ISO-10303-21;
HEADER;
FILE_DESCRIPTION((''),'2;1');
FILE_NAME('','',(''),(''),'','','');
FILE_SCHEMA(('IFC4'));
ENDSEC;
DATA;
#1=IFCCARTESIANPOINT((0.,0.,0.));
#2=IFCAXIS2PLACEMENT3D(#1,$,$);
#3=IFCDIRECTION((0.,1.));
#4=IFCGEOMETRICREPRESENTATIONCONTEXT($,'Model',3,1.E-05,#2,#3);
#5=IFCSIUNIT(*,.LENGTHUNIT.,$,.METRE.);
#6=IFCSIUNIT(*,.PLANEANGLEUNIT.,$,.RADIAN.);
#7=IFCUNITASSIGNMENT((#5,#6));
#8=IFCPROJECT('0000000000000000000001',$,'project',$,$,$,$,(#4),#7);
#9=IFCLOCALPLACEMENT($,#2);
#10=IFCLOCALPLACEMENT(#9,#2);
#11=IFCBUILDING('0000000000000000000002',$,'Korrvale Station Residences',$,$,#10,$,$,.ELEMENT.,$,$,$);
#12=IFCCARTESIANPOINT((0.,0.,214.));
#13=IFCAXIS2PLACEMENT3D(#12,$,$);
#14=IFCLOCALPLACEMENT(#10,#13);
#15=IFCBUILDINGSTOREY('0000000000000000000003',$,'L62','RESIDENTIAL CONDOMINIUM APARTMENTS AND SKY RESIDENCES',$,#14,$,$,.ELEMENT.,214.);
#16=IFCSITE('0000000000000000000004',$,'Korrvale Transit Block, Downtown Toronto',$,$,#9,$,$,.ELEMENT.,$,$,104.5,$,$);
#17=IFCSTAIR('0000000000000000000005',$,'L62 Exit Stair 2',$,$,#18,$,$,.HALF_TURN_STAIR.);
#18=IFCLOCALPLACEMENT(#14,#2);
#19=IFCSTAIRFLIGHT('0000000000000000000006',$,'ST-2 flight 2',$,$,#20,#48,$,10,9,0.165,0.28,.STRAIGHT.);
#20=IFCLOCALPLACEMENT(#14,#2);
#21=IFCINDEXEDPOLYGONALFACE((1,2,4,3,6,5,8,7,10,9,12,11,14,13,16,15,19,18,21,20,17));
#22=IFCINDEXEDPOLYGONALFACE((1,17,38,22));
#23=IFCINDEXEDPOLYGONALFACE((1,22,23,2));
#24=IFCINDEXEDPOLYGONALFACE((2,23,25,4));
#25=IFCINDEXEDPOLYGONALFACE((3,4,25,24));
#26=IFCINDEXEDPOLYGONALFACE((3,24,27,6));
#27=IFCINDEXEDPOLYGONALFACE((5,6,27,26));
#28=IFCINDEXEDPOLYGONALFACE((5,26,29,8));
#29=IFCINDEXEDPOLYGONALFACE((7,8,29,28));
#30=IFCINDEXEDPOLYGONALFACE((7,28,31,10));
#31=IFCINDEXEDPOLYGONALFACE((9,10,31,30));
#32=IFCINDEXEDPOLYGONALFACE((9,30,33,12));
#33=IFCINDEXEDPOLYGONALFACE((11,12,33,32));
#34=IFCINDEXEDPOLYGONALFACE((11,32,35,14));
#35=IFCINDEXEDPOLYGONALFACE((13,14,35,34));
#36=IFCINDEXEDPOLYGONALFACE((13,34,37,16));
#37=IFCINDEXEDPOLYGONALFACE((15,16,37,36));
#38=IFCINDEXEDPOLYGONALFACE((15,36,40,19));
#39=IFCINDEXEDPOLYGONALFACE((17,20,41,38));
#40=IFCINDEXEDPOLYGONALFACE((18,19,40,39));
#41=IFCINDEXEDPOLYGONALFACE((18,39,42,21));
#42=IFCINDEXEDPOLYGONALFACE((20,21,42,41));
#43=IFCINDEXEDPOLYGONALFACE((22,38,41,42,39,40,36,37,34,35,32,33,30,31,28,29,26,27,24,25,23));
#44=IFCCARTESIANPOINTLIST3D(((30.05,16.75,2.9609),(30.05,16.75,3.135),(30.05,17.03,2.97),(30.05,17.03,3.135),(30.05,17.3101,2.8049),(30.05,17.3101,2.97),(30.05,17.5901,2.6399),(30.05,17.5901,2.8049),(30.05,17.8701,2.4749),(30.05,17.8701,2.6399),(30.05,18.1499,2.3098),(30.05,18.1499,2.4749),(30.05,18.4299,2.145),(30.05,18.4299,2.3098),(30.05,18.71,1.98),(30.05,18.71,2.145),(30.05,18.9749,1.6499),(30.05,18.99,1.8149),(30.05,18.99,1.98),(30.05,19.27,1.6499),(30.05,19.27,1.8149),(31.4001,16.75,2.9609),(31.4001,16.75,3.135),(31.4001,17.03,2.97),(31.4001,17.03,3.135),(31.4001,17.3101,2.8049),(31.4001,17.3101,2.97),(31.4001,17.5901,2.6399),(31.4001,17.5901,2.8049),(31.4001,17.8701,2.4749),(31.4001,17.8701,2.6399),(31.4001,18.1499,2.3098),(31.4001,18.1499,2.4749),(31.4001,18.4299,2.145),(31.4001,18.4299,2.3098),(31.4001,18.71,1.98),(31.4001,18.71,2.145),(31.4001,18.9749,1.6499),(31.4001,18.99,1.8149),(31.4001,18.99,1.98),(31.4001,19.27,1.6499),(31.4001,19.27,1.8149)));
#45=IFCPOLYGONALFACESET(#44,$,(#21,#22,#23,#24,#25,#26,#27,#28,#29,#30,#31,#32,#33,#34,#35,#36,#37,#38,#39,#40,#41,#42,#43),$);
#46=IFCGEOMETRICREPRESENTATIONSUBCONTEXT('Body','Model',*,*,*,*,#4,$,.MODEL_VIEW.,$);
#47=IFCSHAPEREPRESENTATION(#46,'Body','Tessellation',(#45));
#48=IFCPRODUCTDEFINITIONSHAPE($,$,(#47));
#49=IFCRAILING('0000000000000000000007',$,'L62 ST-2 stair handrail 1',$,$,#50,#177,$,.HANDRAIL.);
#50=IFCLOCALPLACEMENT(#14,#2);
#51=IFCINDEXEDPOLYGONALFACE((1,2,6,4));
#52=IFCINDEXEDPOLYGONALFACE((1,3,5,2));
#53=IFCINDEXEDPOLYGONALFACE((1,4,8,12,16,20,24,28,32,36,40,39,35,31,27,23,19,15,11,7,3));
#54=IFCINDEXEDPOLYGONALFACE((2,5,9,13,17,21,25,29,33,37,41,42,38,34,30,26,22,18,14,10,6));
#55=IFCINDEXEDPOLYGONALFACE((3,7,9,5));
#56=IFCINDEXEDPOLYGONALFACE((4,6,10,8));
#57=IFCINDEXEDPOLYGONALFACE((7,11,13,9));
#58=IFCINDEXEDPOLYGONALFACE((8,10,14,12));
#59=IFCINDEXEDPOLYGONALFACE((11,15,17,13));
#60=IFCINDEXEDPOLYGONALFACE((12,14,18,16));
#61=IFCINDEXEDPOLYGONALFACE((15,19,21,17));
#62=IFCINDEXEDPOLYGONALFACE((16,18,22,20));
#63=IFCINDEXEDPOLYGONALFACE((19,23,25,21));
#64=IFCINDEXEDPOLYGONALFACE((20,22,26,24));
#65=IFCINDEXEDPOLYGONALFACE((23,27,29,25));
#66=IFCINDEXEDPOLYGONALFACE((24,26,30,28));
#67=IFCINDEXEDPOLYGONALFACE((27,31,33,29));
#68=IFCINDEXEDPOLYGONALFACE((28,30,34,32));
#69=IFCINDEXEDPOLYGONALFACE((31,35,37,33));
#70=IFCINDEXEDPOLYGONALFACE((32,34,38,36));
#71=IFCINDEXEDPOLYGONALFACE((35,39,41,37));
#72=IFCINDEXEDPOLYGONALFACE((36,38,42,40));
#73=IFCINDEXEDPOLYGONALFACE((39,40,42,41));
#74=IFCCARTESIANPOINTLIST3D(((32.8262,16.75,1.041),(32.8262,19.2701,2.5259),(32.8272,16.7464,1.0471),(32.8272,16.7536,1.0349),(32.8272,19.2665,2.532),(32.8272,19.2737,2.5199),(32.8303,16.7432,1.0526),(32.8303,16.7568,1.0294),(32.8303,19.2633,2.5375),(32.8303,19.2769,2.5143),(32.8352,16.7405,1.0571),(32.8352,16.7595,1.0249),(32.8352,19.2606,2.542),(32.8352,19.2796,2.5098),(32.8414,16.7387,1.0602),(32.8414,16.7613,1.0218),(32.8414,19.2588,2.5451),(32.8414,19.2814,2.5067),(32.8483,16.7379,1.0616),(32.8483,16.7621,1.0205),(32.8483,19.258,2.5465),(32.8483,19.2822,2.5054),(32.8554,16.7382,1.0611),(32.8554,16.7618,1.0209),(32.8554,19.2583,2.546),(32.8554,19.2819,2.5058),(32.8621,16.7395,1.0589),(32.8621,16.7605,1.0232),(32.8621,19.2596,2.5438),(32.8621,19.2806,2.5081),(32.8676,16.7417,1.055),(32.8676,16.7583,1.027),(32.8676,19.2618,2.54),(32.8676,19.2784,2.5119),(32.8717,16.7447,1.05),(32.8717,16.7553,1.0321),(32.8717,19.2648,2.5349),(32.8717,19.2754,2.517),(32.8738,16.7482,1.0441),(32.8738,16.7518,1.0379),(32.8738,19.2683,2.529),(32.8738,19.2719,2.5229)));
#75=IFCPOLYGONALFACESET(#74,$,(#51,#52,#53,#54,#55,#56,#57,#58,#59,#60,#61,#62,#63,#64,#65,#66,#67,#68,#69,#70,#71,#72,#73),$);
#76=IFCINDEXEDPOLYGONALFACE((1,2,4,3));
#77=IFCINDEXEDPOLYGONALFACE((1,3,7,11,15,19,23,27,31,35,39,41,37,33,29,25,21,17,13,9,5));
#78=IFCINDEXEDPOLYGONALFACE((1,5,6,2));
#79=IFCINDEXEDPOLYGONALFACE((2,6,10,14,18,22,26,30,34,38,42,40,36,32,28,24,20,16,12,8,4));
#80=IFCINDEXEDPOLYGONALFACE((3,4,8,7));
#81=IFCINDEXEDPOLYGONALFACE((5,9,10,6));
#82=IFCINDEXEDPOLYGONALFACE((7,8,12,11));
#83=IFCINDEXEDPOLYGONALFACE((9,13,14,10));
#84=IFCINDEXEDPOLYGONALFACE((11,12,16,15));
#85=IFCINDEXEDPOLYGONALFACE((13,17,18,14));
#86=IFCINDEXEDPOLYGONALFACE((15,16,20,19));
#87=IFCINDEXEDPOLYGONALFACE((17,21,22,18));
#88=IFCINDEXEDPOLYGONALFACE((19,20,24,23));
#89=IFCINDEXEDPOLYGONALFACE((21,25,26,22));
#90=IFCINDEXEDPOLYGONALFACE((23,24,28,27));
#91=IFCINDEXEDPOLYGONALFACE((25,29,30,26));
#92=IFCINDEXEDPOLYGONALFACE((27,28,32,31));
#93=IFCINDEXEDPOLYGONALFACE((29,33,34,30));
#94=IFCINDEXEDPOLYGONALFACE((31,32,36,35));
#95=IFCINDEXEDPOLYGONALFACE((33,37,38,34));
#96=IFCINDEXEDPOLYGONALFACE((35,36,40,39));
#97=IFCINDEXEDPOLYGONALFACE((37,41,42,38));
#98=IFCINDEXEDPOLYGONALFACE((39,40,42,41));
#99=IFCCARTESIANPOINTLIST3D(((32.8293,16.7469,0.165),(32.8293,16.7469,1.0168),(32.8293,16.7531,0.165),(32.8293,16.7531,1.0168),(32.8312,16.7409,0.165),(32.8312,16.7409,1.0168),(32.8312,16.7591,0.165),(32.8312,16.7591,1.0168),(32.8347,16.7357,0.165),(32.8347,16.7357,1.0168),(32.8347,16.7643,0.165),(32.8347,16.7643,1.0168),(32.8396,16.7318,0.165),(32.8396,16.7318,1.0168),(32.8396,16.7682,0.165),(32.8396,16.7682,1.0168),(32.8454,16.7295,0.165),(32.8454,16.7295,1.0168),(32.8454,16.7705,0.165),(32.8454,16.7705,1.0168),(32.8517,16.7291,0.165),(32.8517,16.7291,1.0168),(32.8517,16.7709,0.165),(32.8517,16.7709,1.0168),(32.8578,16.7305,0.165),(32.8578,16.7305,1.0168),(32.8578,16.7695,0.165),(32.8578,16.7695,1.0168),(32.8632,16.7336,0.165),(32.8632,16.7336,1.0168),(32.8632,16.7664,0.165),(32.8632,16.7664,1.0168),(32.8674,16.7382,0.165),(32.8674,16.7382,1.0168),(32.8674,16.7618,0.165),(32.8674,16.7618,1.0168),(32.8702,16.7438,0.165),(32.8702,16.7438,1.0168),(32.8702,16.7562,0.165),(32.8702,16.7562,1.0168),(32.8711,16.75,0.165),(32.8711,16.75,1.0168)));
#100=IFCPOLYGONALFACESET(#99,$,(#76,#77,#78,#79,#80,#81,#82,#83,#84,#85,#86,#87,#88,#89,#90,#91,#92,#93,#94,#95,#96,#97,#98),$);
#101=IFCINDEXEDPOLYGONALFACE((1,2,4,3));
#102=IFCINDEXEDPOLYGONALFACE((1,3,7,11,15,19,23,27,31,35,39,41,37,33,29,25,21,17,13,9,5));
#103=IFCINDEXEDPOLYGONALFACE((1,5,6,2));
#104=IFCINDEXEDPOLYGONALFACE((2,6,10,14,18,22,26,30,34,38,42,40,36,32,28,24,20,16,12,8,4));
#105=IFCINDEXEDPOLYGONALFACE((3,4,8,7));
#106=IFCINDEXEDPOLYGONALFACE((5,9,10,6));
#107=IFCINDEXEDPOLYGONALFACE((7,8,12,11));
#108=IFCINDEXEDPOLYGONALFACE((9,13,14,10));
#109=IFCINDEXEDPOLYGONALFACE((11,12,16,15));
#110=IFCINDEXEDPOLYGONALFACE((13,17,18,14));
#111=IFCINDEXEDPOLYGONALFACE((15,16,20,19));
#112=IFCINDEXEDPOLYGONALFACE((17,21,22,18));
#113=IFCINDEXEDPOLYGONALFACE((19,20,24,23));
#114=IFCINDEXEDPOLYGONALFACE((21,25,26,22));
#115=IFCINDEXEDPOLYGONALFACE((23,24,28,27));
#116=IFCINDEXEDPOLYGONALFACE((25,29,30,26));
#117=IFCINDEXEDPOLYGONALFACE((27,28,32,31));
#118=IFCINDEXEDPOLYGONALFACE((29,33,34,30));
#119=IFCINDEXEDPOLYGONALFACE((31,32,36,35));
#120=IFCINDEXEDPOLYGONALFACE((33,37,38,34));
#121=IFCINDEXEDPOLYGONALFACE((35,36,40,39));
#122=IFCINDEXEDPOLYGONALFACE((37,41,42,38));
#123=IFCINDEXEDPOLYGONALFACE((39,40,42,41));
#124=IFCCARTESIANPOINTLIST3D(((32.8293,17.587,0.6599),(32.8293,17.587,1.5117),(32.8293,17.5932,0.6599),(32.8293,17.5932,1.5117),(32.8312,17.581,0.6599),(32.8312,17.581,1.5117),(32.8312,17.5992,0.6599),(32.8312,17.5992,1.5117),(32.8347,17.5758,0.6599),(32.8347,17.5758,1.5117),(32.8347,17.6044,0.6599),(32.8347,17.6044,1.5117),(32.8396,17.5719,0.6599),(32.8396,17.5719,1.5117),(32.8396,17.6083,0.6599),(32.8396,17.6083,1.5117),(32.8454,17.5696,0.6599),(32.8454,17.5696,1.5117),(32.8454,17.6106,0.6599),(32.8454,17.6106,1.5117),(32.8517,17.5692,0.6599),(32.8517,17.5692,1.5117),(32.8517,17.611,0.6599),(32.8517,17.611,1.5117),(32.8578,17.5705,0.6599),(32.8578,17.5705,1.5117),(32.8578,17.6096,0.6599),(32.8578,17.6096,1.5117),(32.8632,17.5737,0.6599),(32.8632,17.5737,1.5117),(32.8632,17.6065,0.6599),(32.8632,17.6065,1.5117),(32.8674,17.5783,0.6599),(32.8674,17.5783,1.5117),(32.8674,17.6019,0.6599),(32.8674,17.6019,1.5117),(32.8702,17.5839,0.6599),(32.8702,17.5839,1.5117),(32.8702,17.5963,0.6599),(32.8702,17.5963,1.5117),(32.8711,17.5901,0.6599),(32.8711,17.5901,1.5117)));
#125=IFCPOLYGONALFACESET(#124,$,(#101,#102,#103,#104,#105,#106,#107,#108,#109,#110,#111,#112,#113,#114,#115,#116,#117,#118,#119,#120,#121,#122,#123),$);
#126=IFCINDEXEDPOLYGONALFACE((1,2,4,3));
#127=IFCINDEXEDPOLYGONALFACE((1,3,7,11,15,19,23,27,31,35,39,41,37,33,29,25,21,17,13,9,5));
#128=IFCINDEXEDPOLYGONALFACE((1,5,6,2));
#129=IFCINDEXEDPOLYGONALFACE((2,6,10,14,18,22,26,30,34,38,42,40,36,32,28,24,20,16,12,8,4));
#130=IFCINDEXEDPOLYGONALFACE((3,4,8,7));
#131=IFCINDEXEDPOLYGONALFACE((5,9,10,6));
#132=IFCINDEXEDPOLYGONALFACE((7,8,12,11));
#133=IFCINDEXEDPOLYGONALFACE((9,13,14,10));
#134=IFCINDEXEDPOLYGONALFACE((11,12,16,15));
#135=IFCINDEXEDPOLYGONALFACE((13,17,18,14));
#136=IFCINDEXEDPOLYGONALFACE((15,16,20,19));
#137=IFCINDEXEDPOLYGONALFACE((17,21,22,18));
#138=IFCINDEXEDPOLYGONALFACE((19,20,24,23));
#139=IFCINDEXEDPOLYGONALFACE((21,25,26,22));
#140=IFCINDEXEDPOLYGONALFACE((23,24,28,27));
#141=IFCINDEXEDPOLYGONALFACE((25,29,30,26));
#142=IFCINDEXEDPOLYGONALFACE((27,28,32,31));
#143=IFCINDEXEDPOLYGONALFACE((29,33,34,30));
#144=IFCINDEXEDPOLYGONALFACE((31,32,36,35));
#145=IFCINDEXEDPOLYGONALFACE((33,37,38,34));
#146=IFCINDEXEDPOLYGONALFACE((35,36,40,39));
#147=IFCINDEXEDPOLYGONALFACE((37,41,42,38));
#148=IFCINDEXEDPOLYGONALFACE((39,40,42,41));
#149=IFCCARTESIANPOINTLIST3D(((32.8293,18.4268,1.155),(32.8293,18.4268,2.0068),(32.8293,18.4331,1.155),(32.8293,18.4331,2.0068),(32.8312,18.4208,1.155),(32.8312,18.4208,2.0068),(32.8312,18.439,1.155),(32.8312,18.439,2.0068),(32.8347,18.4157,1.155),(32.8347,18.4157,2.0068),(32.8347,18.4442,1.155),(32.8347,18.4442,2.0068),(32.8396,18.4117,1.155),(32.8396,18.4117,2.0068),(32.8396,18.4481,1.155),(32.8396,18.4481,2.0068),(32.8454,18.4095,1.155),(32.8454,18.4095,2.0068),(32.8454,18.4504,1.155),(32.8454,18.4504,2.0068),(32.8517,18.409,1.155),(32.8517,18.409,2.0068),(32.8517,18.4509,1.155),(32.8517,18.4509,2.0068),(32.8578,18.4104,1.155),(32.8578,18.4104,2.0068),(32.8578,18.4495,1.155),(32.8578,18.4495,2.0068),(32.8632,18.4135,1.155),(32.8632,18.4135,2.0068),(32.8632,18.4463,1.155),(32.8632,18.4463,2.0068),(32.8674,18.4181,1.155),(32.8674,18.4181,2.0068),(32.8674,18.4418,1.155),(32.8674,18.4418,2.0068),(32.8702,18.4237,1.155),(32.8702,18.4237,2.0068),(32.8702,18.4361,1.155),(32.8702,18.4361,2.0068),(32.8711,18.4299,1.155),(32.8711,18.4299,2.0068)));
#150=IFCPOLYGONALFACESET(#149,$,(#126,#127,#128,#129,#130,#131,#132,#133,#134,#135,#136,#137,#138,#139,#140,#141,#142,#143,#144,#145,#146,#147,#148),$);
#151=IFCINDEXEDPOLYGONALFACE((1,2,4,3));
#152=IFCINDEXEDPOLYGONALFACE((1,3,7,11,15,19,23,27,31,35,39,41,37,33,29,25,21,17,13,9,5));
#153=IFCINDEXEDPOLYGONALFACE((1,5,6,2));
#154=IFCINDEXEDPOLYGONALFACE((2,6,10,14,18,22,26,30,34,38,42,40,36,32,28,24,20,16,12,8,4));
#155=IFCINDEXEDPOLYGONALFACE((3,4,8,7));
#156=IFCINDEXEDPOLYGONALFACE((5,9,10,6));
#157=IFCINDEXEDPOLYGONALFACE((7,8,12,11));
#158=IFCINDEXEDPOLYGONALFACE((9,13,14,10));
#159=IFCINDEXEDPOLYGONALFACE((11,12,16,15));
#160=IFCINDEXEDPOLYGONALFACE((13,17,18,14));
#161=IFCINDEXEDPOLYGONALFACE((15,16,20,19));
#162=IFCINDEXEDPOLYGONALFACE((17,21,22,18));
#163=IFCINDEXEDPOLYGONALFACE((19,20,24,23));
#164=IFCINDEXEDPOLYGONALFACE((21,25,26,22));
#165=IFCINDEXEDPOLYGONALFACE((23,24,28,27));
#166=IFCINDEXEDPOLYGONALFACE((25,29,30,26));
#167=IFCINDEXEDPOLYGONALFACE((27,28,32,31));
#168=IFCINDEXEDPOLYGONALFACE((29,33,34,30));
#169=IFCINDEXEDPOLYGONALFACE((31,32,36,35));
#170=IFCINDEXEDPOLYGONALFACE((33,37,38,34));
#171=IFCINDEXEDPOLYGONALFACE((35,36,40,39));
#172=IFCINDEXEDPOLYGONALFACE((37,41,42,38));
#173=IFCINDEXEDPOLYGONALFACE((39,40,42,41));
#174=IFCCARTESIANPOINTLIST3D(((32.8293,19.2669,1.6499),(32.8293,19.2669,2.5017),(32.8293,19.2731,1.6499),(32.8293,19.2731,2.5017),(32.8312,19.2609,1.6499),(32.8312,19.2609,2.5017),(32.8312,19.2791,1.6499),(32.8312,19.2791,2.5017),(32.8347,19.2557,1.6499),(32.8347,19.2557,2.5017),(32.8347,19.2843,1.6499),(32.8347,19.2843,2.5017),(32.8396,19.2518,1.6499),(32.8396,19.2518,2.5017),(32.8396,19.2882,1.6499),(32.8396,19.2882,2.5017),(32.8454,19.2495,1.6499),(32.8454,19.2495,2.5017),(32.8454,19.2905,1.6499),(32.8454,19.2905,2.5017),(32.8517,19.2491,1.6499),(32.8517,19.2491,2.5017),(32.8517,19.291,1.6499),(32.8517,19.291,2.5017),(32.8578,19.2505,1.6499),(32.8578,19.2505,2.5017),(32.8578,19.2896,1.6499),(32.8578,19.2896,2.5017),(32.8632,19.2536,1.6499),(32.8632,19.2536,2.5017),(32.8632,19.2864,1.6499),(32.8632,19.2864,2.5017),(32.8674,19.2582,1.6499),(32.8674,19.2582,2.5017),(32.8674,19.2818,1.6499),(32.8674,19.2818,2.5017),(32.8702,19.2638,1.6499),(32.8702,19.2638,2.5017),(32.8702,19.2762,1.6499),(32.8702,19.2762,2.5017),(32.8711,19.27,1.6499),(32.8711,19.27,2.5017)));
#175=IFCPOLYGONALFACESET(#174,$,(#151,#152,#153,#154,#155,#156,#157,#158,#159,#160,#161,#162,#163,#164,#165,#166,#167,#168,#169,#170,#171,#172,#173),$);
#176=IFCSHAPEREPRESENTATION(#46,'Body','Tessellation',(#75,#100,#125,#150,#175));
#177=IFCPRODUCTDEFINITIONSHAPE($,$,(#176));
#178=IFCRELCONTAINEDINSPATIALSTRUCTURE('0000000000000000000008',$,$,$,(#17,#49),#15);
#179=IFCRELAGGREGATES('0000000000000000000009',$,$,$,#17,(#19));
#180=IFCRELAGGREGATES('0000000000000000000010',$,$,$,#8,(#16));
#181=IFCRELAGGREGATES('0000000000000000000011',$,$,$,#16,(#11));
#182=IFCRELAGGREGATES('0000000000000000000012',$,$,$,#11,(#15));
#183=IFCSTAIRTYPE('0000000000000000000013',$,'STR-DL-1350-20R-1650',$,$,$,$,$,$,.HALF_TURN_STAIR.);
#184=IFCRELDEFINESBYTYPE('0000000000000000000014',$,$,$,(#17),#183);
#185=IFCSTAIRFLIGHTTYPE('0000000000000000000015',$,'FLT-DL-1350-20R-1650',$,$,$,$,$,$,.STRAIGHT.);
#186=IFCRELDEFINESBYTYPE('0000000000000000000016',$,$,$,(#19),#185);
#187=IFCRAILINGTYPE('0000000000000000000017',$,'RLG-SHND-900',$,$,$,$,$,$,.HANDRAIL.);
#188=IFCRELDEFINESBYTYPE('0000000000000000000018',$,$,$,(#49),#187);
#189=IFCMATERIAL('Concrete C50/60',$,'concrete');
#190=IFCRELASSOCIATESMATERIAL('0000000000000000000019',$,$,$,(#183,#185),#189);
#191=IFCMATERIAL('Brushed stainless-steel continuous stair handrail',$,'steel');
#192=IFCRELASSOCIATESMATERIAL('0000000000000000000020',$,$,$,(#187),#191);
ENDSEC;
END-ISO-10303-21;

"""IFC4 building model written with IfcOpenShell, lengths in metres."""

from ifc_helpers import new_model, si_unit, direction, frame, origin, origin_2d, place, context, subcontext, project, spatial, polyline, circle, outline, extrude, material, type_object, element, aggregate, save


model = new_model("IFC4")

# Units and contexts
model_context = context("Model", 3, precision=1e-05, world=origin(), true_north=direction((0.0, 1.0)))
body_context = subcontext(model_context, "Body", "Model", "MODEL_VIEW")
ifc_project = project(units=[si_unit("LENGTHUNIT", "METRE"), si_unit("PLANEANGLEUNIT", "RADIAN")], contexts=[model_context])

# Site, building, storey
site_placement = place(None, origin())
site = spatial("IfcSite", under=ifc_project, at=site_placement, Name="Korrvale Transit Block, Downtown Toronto", CompositionType="ELEMENT", RefElevation=104.5)
building_placement = place(site_placement, origin())
building = spatial("IfcBuilding", under=site, at=building_placement, Name="Korrvale Station Residences", CompositionType="ELEMENT")
storey_placement = place(building_placement, frame((0.0, 0.0, 214.0)))
storey = spatial("IfcBuildingStorey", under=building, at=storey_placement, Name="L62", Description="RESIDENTIAL CONDOMINIUM APARTMENTS AND SKY RESIDENCES", CompositionType="ELEMENT", Elevation=214.0)

# Shared definitions
ifc_material_1 = material(Name="Concrete C50/60", Category="concrete")

# Stair, stair flight
stair_type = type_object("IfcStairType", Name="STR-DL-1350-20R-1650", PredefinedType="HALF_TURN_STAIR", material=ifc_material_1)
stair_placement = place(storey_placement, origin())
stair = element("IfcStair", 1, at=stair_placement, inside=storey, type_object=stair_type, Name="L62 Exit Stair 2", PredefinedType="HALF_TURN_STAIR")
stair_flight_type = type_object("IfcStairFlightType", Name="FLT-DL-1350-20R-1650", PredefinedType="STRAIGHT", material=ifc_material_1)
stair_flight_1_placement = place(storey_placement, frame((30.7251, 19.27, 1.6499), z_axis=(0.0, 0.0, 1.0), x_axis=(0.0, -1.0, 0.0)))
stair_flight_1 = element("IfcStairFlight", 2, at=stair_flight_1_placement, type_object=stair_flight_type, Name="ST-2 flight 2", NumberOfRisers=10, NumberOfTreads=9, PredefinedType="STRAIGHT", RiserHeight=0.165, TreadLength=0.28, context=body_context, shape_type="SweptSolid", body=[
    extrude(outline(polyline([(0.0, 0.0), (0.0, 0.165), (0.28, 0.165), (0.28, 0.3301), (0.5601, 0.3301), (0.5601, 0.4951), (0.8401, 0.4951), (0.8401, 0.6599), (1.1201, 0.6599), (1.1201, 0.825), (1.3999, 0.825), (1.3999, 0.99), (1.6799, 0.99), (1.6799, 1.155), (1.96, 1.155), (1.96, 1.3201), (2.24, 1.3201), (2.24, 1.4851), (2.52, 1.4851), (2.52, 1.6499), (2.52, 1.311), (0.2952, 0.0), (0.0, 0.0)])), frame((0.0, 0.675, 0.0), z_axis=(0.0, -1.0, 0.0), x_axis=(1.0, 0.0, 0.0)), (0.0, 0.0, 1.0), 1.3501),
])
aggregate(stair, [stair_flight_1])

# Railing
ifc_material_2 = material(Name="Brushed stainless-steel continuous stair handrail", Category="steel")
railing_type_1 = type_object("IfcRailingType", Name="RLG-SHND-900", PredefinedType="HANDRAIL", material=ifc_material_2)
railing_1_placement = place(storey_placement, frame((32.8501, 16.75, 0.165)))
element("IfcRailing", 3, at=railing_1_placement, inside=storey, type_object=railing_type_1, Name="L62 ST-2 stair handrail 1", PredefinedType="HANDRAIL", context=body_context, shape_type="SweptSolid", body=[
    extrude(circle(Radius=0.0239, at=origin_2d()), frame((0.0, 0.0, 0.876), z_axis=(0.0, 0.861561, 0.507655), x_axis=(-1.0, 0.0, 0.0)), (0.0, 0.0, 1.0), 2.925),
    extrude(circle(Radius=0.021, at=origin_2d()), origin(), (0.0, 0.0, 1.0), 0.8518),
    extrude(circle(Radius=0.021, at=origin_2d()), frame((0.0, 0.8401, 0.4949)), (0.0, 0.0, 1.0), 0.8518),
    extrude(circle(Radius=0.021, at=origin_2d()), frame((0.0, 1.6799, 0.99)), (0.0, 0.0, 1.0), 0.8518),
    extrude(circle(Radius=0.021, at=origin_2d()), frame((0.0, 2.52, 1.4849)), (0.0, 0.0, 1.0), 0.8518),
])

save(model, "model.ifc")
